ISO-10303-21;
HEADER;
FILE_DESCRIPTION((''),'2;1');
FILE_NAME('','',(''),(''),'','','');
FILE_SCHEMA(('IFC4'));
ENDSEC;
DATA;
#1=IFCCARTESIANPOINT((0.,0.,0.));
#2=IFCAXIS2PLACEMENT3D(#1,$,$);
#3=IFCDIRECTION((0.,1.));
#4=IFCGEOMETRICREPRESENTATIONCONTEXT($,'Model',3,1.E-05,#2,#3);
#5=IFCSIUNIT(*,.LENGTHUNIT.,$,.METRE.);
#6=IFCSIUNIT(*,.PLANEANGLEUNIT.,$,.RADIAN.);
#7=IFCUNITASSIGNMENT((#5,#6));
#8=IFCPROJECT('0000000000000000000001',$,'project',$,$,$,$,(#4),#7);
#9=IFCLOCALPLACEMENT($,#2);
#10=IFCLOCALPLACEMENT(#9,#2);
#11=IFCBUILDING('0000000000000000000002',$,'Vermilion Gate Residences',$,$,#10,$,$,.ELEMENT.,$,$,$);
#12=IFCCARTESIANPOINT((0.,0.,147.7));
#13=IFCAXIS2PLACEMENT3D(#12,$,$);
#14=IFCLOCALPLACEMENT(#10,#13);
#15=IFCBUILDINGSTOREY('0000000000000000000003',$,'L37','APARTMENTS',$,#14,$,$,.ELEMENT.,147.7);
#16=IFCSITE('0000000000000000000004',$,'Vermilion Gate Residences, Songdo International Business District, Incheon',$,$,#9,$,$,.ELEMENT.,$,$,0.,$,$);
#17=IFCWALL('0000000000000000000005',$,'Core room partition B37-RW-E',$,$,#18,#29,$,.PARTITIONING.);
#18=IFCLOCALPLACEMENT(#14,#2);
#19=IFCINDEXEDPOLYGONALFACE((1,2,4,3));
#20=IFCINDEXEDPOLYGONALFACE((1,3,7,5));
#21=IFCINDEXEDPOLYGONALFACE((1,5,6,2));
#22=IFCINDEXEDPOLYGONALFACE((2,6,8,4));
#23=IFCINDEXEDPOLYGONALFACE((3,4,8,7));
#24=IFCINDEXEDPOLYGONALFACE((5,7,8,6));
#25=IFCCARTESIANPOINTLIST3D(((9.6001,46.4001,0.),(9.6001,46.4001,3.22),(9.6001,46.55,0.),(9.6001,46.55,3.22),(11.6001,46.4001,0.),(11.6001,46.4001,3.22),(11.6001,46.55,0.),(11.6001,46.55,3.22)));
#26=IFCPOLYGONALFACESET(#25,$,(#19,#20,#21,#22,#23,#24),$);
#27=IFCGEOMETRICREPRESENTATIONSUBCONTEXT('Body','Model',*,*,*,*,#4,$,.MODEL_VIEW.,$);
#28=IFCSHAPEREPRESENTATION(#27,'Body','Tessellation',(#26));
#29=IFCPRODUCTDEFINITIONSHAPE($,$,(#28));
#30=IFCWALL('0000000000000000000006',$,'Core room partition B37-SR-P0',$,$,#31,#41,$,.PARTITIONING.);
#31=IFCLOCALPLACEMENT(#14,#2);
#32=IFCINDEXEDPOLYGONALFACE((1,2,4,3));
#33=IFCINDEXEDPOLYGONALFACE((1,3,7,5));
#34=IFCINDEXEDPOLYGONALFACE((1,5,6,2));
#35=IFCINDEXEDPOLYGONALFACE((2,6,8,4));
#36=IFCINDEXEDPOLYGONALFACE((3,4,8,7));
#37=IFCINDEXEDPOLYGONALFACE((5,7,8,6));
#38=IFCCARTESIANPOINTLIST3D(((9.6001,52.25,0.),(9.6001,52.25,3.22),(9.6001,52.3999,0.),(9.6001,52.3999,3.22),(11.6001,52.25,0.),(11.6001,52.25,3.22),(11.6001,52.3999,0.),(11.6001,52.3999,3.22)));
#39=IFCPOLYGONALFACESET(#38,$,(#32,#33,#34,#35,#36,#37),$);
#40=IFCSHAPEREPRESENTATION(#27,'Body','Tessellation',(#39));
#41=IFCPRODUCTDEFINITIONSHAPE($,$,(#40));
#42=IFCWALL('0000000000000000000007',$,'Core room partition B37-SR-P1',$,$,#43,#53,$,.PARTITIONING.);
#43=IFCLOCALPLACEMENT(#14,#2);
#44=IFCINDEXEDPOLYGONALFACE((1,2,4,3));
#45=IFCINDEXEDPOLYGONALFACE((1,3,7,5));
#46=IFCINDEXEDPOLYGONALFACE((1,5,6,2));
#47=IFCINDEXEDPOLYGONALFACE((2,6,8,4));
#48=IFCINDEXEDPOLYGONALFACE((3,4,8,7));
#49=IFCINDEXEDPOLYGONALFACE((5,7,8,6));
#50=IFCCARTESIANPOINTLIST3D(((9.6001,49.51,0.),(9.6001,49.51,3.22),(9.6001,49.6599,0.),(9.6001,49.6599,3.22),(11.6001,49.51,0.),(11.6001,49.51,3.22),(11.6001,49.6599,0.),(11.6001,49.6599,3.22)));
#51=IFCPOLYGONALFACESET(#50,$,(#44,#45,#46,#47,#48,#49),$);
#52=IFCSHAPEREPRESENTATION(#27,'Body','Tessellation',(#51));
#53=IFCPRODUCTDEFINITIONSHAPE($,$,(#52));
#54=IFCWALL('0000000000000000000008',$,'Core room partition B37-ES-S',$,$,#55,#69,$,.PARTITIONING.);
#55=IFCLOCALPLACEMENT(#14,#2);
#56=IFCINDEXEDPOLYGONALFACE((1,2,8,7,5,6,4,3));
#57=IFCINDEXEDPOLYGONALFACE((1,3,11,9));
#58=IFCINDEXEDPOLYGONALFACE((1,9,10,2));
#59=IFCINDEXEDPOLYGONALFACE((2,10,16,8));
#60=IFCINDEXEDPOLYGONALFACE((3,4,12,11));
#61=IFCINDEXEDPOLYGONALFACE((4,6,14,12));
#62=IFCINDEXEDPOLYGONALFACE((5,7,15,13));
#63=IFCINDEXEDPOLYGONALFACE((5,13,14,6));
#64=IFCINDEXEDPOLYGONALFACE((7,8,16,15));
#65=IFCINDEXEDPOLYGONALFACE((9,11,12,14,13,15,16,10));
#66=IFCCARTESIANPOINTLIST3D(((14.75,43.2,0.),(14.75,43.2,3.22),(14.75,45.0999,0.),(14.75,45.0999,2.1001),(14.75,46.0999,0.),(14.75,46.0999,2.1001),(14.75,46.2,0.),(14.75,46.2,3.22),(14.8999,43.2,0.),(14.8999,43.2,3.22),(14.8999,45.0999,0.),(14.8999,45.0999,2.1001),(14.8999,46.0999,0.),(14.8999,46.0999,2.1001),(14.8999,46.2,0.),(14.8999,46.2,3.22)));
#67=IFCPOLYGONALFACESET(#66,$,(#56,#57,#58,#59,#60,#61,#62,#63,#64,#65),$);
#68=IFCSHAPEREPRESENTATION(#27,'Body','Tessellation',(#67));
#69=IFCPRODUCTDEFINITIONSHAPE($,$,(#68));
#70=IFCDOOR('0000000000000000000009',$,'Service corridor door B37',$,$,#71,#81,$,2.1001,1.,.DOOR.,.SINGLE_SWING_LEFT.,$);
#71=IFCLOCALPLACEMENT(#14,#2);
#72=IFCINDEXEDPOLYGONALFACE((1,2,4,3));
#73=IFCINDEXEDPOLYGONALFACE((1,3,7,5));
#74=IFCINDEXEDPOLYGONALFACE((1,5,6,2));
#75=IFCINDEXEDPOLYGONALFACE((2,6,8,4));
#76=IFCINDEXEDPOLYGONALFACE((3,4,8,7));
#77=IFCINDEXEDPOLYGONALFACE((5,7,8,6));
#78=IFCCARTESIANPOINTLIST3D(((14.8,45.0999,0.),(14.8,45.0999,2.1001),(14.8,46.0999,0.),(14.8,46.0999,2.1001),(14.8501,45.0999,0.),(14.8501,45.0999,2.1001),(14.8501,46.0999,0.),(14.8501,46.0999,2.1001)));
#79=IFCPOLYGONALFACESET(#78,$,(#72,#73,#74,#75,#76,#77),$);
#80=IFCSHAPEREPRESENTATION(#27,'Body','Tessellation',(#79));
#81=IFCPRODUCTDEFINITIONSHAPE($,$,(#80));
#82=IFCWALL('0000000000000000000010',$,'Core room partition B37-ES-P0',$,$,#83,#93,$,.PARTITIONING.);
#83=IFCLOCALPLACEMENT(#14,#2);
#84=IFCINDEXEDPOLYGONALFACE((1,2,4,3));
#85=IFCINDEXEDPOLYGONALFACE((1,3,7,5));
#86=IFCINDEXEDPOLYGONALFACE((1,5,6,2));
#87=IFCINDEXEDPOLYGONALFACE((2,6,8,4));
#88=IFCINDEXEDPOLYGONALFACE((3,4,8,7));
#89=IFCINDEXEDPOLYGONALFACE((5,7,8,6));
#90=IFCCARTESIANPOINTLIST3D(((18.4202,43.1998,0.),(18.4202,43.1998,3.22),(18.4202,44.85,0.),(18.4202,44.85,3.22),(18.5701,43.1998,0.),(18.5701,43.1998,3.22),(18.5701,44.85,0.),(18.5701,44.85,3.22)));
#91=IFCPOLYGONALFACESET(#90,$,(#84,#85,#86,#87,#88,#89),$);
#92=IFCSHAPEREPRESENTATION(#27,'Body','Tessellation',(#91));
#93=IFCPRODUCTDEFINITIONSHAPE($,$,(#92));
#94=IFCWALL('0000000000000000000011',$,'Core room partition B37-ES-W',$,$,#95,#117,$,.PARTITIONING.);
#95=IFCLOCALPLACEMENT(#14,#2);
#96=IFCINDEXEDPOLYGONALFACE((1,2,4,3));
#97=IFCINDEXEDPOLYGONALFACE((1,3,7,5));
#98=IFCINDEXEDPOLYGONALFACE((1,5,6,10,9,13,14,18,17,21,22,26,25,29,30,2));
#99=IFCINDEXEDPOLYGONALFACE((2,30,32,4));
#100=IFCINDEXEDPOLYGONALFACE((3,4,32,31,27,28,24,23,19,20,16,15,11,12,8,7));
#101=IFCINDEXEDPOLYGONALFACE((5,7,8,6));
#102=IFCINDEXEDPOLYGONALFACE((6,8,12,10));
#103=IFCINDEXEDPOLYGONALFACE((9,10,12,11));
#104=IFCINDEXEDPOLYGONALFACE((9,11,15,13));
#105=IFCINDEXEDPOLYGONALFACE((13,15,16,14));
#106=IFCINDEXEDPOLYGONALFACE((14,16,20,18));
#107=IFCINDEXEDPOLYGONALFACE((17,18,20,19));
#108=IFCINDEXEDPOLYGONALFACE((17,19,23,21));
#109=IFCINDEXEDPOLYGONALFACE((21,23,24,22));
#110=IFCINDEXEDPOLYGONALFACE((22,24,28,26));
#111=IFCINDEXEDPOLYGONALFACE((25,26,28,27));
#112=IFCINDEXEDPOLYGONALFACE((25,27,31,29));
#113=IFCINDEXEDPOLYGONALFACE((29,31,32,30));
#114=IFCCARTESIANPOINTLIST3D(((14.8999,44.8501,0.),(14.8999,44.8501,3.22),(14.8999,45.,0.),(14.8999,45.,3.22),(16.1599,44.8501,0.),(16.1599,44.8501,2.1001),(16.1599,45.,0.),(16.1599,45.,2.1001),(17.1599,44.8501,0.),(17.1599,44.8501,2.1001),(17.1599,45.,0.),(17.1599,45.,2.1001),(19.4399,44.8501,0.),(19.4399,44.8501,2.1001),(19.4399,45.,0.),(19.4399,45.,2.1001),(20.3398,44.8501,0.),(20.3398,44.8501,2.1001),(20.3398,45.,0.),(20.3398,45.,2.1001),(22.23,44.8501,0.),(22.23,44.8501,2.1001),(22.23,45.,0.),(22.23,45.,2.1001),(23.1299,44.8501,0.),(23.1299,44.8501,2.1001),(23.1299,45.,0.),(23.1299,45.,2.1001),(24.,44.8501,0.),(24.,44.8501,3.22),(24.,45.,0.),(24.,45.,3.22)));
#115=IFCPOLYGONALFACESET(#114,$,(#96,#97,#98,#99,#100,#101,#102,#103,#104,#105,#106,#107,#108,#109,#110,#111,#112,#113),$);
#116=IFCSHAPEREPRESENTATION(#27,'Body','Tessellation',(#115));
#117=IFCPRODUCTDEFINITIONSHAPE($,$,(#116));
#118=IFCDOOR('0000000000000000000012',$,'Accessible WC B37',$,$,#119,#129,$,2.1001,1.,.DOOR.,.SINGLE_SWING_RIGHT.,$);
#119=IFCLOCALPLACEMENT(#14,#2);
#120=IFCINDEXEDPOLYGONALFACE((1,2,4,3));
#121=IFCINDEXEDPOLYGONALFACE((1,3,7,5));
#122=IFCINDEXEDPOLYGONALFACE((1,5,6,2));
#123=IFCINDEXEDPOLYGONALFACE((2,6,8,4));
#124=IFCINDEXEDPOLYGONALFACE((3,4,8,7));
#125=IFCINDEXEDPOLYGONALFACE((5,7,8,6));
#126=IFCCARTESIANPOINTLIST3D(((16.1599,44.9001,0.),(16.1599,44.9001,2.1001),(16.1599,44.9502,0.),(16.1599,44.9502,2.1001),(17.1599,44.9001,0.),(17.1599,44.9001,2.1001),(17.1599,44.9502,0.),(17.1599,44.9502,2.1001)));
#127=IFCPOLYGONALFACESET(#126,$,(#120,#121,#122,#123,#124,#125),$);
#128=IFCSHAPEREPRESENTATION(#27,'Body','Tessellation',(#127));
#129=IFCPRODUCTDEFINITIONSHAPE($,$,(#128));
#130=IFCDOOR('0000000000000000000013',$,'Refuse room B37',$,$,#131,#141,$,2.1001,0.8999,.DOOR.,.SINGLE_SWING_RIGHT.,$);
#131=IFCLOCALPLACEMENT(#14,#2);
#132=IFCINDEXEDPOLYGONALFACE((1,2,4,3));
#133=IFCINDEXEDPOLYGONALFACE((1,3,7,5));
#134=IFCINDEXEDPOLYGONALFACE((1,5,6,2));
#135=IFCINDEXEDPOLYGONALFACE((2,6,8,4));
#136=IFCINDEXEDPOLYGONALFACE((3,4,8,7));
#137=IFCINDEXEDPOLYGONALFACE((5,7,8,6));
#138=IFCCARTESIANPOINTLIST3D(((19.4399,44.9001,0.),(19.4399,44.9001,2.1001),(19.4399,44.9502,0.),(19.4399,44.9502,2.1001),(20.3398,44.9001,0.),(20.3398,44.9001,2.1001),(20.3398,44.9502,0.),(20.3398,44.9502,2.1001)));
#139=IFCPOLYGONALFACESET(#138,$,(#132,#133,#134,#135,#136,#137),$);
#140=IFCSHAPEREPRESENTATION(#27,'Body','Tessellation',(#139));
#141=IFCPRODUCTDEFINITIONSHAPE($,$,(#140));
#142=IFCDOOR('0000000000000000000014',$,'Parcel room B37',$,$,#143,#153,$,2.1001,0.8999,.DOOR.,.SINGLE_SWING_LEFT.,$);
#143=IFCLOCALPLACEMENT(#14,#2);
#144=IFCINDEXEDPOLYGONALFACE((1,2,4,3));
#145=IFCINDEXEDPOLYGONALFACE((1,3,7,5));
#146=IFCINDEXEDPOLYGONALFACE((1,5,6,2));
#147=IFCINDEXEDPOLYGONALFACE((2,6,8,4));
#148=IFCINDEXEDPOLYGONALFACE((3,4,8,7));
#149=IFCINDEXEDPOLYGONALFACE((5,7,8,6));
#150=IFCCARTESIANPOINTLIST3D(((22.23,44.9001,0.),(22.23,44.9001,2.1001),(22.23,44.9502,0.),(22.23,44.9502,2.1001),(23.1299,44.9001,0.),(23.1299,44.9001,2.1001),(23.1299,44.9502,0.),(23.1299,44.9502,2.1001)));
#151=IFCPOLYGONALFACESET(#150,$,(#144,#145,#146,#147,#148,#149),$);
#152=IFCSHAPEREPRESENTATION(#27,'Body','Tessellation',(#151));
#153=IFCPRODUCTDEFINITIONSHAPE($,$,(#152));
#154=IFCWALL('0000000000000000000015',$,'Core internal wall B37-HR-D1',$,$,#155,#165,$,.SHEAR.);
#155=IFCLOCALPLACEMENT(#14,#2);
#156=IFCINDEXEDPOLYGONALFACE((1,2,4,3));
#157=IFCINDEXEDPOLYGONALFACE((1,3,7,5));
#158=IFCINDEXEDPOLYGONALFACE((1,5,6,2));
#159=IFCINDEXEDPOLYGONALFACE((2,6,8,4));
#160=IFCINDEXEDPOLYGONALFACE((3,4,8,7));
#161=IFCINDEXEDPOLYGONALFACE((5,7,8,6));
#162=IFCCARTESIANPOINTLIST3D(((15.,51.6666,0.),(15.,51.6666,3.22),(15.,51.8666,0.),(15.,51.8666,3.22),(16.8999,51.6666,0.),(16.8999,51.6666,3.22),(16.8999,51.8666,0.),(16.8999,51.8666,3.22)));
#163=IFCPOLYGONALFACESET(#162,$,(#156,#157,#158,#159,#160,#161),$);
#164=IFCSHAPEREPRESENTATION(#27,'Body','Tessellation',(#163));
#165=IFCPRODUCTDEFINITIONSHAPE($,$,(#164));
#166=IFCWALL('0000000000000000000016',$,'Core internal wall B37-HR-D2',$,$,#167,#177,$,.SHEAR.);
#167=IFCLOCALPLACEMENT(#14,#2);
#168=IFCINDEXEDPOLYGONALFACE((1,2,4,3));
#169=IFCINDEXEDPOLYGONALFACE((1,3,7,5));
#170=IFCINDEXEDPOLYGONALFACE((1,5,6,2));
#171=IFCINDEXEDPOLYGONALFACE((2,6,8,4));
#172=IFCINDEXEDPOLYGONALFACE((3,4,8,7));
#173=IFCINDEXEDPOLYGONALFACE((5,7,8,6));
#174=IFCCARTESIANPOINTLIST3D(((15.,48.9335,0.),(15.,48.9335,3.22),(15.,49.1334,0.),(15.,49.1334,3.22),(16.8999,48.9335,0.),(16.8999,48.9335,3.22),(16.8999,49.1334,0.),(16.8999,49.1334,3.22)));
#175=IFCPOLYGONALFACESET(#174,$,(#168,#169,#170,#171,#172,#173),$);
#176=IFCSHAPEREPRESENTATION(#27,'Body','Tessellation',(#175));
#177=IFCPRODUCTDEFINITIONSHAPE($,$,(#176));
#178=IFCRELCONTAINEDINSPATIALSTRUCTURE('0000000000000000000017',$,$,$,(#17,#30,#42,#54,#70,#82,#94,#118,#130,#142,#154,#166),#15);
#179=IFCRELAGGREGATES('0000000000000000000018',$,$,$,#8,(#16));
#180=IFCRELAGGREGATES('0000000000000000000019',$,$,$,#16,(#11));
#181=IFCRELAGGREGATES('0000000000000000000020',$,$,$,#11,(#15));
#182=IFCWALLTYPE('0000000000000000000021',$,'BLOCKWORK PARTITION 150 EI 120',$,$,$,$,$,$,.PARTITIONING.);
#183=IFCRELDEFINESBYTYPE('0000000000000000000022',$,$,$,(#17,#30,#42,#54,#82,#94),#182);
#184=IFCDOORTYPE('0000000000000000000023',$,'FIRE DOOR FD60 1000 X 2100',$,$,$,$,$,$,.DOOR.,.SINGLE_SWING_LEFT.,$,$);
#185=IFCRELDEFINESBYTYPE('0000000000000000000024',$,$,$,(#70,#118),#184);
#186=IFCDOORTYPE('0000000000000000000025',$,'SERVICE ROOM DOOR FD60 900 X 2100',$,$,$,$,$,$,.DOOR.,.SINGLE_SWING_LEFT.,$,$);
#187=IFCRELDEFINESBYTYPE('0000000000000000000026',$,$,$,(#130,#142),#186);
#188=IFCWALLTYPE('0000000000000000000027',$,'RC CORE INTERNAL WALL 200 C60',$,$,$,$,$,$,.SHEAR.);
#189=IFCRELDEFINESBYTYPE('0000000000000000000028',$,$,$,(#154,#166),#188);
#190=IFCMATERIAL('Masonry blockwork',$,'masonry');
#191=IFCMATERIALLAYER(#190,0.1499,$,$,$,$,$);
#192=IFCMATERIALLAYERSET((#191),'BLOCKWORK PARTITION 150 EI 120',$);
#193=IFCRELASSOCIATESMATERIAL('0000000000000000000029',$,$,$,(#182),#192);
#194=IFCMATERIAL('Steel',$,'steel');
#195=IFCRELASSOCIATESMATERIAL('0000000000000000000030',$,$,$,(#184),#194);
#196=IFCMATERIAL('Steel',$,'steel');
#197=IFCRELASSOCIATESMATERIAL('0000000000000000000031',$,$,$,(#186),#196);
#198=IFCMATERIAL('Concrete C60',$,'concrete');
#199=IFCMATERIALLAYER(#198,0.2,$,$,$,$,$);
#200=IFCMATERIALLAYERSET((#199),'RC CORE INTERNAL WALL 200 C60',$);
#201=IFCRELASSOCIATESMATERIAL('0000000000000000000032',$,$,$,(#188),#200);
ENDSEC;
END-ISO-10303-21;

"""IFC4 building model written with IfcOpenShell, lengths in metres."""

from ifc_helpers import new_model, si_unit, direction, frame, frame_2d, origin, place, context, subcontext, project, spatial, rectangle, extrude, material, layer, layer_set, type_object, element, fill, save


model = new_model("IFC4")

# Units and contexts
model_context = context("Model", 3, precision=1e-05, world=origin(), true_north=direction((0.0, 1.0)))
body_context = subcontext(model_context, "Body", "Model", "MODEL_VIEW")
ifc_project = project(units=[si_unit("LENGTHUNIT", "METRE"), si_unit("PLANEANGLEUNIT", "RADIAN")], contexts=[model_context])

# Site, building, storey
site_placement = place(None, origin())
site = spatial("IfcSite", under=ifc_project, at=site_placement, Name="Vermilion Gate Residences, Songdo International Business District, Incheon", CompositionType="ELEMENT", RefElevation=0.0)
building_placement = place(site_placement, origin())
building = spatial("IfcBuilding", under=site, at=building_placement, Name="Vermilion Gate Residences", CompositionType="ELEMENT")
storey_placement = place(building_placement, frame((0.0, 0.0, 147.7)))
storey = spatial("IfcBuildingStorey", under=building, at=storey_placement, Name="L37", Description="APARTMENTS", CompositionType="ELEMENT", Elevation=147.7)

# Walls
ifc_material_1 = material(Name="Masonry blockwork", Category="masonry")
ifc_layer_1 = layer(ifc_material_1, 0.1499)
ifc_layer_set_1 = layer_set([ifc_layer_1], Name="BLOCKWORK PARTITION 150 EI 120")
wall_type_1 = type_object("IfcWallType", Name="BLOCKWORK PARTITION 150 EI 120", PredefinedType="PARTITIONING", material=ifc_layer_set_1)
for number, where, z_axis, x_axis, name in (
    (1, (9.6001, 46.4751, 0.0), (0.0, 0.0, 1.0), (1.0, 0.0, 0.0), "Core room partition B37-RW-E"),
    (2, (9.6001, 52.325, 0.0), (0.0, 0.0, 1.0), (1.0, 0.0, 0.0), "Core room partition B37-SR-P0"),
    (3, (9.6001, 49.585, 0.0), (0.0, 0.0, 1.0), (1.0, 0.0, 0.0), "Core room partition B37-SR-P1"),
):
    element("IfcWall", number, at=place(storey_placement, frame(where, z_axis=z_axis, x_axis=x_axis)), inside=storey, type_object=wall_type_1, Name=name, PredefinedType="PARTITIONING", context=body_context, shape_type="SweptSolid", body=[
        extrude(rectangle(XDim=2.0, YDim=0.1499, at=frame_2d((1.0, 0.0))), origin(), (0.0, 0.0, 1.0), 3.22),
    ])

# Wall, opening, door
wall_1_placement = place(storey_placement, frame((14.825, 46.2, 0.0), z_axis=(0.0, 0.0, 1.0), x_axis=(0.0, -1.0, 0.0)))
wall_1 = element("IfcWall", 4, at=wall_1_placement, inside=storey, type_object=wall_type_1, Name="Core room partition B37-ES-S", PredefinedType="PARTITIONING", context=body_context, shape_type="SweptSolid", body=[
    extrude(rectangle(XDim=3.0, YDim=0.1499, at=frame_2d((1.5, 0.0))), origin(), (0.0, 0.0, 1.0), 3.22),
])
opening_1_placement = place(wall_1_placement, frame((0.1001, 0.0, 0.0)))
opening_1 = element("IfcOpeningElement", 5, at=opening_1_placement, cuts=wall_1, PredefinedType="OPENING", context=body_context, shape_type="SweptSolid", body=[
    extrude(rectangle(XDim=1.0, YDim=2.1001, at=frame_2d((0.5, 1.05))), frame((0.0, 0.085, 0.0), z_axis=(0.0, -1.0, 0.0), x_axis=(1.0, 0.0, 0.0)), (0.0, 0.0, 1.0), 0.1699),
])
ifc_material_2 = material(Name="Steel", Category="steel")
door_type_1 = type_object("IfcDoorType", Name="FIRE DOOR FD60 1000 X 2100", OperationType="SINGLE_SWING_LEFT", PredefinedType="DOOR", material=ifc_material_2)
door_1_placement = place(opening_1_placement, frame((1.0, 0.0, 0.0), z_axis=(0.0, 0.0, 1.0), x_axis=(-1.0, 0.0, 0.0)))
door_1 = element("IfcDoor", 6, at=door_1_placement, inside=storey, type_object=door_type_1, Name="Service corridor door B37", OperationType="SINGLE_SWING_LEFT", OverallHeight=2.1001, OverallWidth=1.0, PredefinedType="DOOR", context=body_context, shape_type="SweptSolid", body=[
    extrude(rectangle(XDim=1.0, YDim=2.1001, at=frame_2d((0.5, 1.05))), frame((0.0, 0.0249, 0.0), z_axis=(0.0, -1.0, 0.0), x_axis=(1.0, 0.0, 0.0)), (0.0, 0.0, 1.0), 0.05),
])
fill(opening_1, door_1)

# Wall
wall_2_placement = place(storey_placement, frame((18.4951, 44.8501, 0.0), z_axis=(0.0, 0.0, 1.0), x_axis=(0.0, -1.0, 0.0)))
element("IfcWall", 7, at=wall_2_placement, inside=storey, type_object=wall_type_1, Name="Core room partition B37-ES-P0", PredefinedType="PARTITIONING", context=body_context, shape_type="SweptSolid", body=[
    extrude(rectangle(XDim=1.6501, YDim=0.1499, at=frame_2d((0.8252, 0.0))), origin(), (0.0, 0.0, 1.0), 3.22),
])

# Wall, openings, doors
wall_3_placement = place(storey_placement, frame((14.8999, 44.925, 0.0), z_axis=(0.0, 0.0, 1.0), x_axis=(1.0, 0.0, 0.0)))
wall_3 = element("IfcWall", 8, at=wall_3_placement, inside=storey, type_object=wall_type_1, Name="Core room partition B37-ES-W", PredefinedType="PARTITIONING", context=body_context, shape_type="SweptSolid", body=[
    extrude(rectangle(XDim=9.1001, YDim=0.1499, at=frame_2d((4.55, 0.0))), origin(), (0.0, 0.0, 1.0), 3.22),
])
opening_2_placement = place(wall_3_placement, frame((1.26, 0.0, 0.0)))
opening_2 = element("IfcOpeningElement", 9, at=opening_2_placement, cuts=wall_3, PredefinedType="OPENING", context=body_context, shape_type="SweptSolid", body=[
    extrude(rectangle(XDim=1.0, YDim=2.1001, at=frame_2d((0.5, 1.05))), frame((0.0, 0.085, 0.0), z_axis=(0.0, -1.0, 0.0), x_axis=(1.0, 0.0, 0.0)), (0.0, 0.0, 1.0), 0.1699),
])
opening_3_placement = place(wall_3_placement, frame((4.54, 0.0, 0.0)))
opening_3 = element("IfcOpeningElement", 10, at=opening_3_placement, cuts=wall_3, PredefinedType="OPENING", context=body_context, shape_type="SweptSolid", body=[
    extrude(rectangle(XDim=0.8999, YDim=2.1001, at=frame_2d((0.45, 1.05))), frame((0.0, 0.085, 0.0), z_axis=(0.0, -1.0, 0.0), x_axis=(1.0, 0.0, 0.0)), (0.0, 0.0, 1.0), 0.1699),
])
opening_4_placement = place(wall_3_placement, frame((7.3301, 0.0, 0.0)))
opening_4 = element("IfcOpeningElement", 11, at=opening_4_placement, cuts=wall_3, PredefinedType="OPENING", context=body_context, shape_type="SweptSolid", body=[
    extrude(rectangle(XDim=0.8999, YDim=2.1001, at=frame_2d((0.45, 1.05))), frame((0.0, 0.085, 0.0), z_axis=(0.0, -1.0, 0.0), x_axis=(1.0, 0.0, 0.0)), (0.0, 0.0, 1.0), 0.1699),
])
door_2_placement = place(opening_2_placement, frame((1.0, 0.0, 0.0), z_axis=(0.0, 0.0, 1.0), x_axis=(-1.0, 0.0, 0.0)))
door_2 = element("IfcDoor", 12, at=door_2_placement, inside=storey, type_object=door_type_1, Name="Accessible WC B37", OperationType="SINGLE_SWING_RIGHT", OverallHeight=2.1001, OverallWidth=1.0, PredefinedType="DOOR", context=body_context, shape_type="SweptSolid", body=[
    extrude(rectangle(XDim=1.0, YDim=2.1001, at=frame_2d((0.5, 1.05))), frame((0.0, 0.0249, 0.0), z_axis=(0.0, -1.0, 0.0), x_axis=(1.0, 0.0, 0.0)), (0.0, 0.0, 1.0), 0.05),
])
fill(opening_2, door_2)
ifc_material_3 = material(Name="Steel", Category="steel")
door_type_2 = type_object("IfcDoorType", Name="SERVICE ROOM DOOR FD60 900 X 2100", OperationType="SINGLE_SWING_LEFT", PredefinedType="DOOR", material=ifc_material_3)
door_3_placement = place(opening_3_placement, frame((0.8999, 0.0, 0.0), z_axis=(0.0, 0.0, 1.0), x_axis=(-1.0, 0.0, 0.0)))
door_3 = element("IfcDoor", 13, at=door_3_placement, inside=storey, type_object=door_type_2, Name="Refuse room B37", OperationType="SINGLE_SWING_RIGHT", OverallHeight=2.1001, OverallWidth=0.8999, PredefinedType="DOOR", context=body_context, shape_type="SweptSolid", body=[
    extrude(rectangle(XDim=0.8999, YDim=2.1001, at=frame_2d((0.45, 1.05))), frame((0.0, 0.0249, 0.0), z_axis=(0.0, -1.0, 0.0), x_axis=(1.0, 0.0, 0.0)), (0.0, 0.0, 1.0), 0.05),
])
fill(opening_3, door_3)
door_4_placement = place(opening_4_placement, frame((0.8999, 0.0, 0.0), z_axis=(0.0, 0.0, 1.0), x_axis=(-1.0, 0.0, 0.0)))
door_4 = element("IfcDoor", 14, at=door_4_placement, inside=storey, type_object=door_type_2, Name="Parcel room B37", OperationType="SINGLE_SWING_LEFT", OverallHeight=2.1001, OverallWidth=0.8999, PredefinedType="DOOR", context=body_context, shape_type="SweptSolid", body=[
    extrude(rectangle(XDim=0.8999, YDim=2.1001, at=frame_2d((0.45, 1.05))), frame((0.0, 0.0249, 0.0), z_axis=(0.0, -1.0, 0.0), x_axis=(1.0, 0.0, 0.0)), (0.0, 0.0, 1.0), 0.05),
])
fill(opening_4, door_4)

# Walls
ifc_material_4 = material(Name="Concrete C60", Category="concrete")
ifc_layer_2 = layer(ifc_material_4, 0.2)
ifc_layer_set_2 = layer_set([ifc_layer_2], Name="RC CORE INTERNAL WALL 200 C60")
wall_type_2 = type_object("IfcWallType", Name="RC CORE INTERNAL WALL 200 C60", PredefinedType="SHEAR", material=ifc_layer_set_2)
for number, where, z_axis, x_axis, name in (
    (15, (15.0, 51.7666, 0.0), (0.0, 0.0, 1.0), (1.0, 0.0, 0.0), "Core internal wall B37-HR-D1"),
    (16, (15.0, 49.0334, 0.0), (0.0, 0.0, 1.0), (1.0, 0.0, 0.0), "Core internal wall B37-HR-D2"),
):
    element("IfcWall", number, at=place(storey_placement, frame(where, z_axis=z_axis, x_axis=x_axis)), inside=storey, type_object=wall_type_2, Name=name, PredefinedType="SHEAR", context=body_context, shape_type="SweptSolid", body=[
        extrude(rectangle(XDim=1.8999, YDim=0.2, at=frame_2d((0.95, 0.0))), origin(), (0.0, 0.0, 1.0), 3.22),
    ])

save(model, "model.ifc")
